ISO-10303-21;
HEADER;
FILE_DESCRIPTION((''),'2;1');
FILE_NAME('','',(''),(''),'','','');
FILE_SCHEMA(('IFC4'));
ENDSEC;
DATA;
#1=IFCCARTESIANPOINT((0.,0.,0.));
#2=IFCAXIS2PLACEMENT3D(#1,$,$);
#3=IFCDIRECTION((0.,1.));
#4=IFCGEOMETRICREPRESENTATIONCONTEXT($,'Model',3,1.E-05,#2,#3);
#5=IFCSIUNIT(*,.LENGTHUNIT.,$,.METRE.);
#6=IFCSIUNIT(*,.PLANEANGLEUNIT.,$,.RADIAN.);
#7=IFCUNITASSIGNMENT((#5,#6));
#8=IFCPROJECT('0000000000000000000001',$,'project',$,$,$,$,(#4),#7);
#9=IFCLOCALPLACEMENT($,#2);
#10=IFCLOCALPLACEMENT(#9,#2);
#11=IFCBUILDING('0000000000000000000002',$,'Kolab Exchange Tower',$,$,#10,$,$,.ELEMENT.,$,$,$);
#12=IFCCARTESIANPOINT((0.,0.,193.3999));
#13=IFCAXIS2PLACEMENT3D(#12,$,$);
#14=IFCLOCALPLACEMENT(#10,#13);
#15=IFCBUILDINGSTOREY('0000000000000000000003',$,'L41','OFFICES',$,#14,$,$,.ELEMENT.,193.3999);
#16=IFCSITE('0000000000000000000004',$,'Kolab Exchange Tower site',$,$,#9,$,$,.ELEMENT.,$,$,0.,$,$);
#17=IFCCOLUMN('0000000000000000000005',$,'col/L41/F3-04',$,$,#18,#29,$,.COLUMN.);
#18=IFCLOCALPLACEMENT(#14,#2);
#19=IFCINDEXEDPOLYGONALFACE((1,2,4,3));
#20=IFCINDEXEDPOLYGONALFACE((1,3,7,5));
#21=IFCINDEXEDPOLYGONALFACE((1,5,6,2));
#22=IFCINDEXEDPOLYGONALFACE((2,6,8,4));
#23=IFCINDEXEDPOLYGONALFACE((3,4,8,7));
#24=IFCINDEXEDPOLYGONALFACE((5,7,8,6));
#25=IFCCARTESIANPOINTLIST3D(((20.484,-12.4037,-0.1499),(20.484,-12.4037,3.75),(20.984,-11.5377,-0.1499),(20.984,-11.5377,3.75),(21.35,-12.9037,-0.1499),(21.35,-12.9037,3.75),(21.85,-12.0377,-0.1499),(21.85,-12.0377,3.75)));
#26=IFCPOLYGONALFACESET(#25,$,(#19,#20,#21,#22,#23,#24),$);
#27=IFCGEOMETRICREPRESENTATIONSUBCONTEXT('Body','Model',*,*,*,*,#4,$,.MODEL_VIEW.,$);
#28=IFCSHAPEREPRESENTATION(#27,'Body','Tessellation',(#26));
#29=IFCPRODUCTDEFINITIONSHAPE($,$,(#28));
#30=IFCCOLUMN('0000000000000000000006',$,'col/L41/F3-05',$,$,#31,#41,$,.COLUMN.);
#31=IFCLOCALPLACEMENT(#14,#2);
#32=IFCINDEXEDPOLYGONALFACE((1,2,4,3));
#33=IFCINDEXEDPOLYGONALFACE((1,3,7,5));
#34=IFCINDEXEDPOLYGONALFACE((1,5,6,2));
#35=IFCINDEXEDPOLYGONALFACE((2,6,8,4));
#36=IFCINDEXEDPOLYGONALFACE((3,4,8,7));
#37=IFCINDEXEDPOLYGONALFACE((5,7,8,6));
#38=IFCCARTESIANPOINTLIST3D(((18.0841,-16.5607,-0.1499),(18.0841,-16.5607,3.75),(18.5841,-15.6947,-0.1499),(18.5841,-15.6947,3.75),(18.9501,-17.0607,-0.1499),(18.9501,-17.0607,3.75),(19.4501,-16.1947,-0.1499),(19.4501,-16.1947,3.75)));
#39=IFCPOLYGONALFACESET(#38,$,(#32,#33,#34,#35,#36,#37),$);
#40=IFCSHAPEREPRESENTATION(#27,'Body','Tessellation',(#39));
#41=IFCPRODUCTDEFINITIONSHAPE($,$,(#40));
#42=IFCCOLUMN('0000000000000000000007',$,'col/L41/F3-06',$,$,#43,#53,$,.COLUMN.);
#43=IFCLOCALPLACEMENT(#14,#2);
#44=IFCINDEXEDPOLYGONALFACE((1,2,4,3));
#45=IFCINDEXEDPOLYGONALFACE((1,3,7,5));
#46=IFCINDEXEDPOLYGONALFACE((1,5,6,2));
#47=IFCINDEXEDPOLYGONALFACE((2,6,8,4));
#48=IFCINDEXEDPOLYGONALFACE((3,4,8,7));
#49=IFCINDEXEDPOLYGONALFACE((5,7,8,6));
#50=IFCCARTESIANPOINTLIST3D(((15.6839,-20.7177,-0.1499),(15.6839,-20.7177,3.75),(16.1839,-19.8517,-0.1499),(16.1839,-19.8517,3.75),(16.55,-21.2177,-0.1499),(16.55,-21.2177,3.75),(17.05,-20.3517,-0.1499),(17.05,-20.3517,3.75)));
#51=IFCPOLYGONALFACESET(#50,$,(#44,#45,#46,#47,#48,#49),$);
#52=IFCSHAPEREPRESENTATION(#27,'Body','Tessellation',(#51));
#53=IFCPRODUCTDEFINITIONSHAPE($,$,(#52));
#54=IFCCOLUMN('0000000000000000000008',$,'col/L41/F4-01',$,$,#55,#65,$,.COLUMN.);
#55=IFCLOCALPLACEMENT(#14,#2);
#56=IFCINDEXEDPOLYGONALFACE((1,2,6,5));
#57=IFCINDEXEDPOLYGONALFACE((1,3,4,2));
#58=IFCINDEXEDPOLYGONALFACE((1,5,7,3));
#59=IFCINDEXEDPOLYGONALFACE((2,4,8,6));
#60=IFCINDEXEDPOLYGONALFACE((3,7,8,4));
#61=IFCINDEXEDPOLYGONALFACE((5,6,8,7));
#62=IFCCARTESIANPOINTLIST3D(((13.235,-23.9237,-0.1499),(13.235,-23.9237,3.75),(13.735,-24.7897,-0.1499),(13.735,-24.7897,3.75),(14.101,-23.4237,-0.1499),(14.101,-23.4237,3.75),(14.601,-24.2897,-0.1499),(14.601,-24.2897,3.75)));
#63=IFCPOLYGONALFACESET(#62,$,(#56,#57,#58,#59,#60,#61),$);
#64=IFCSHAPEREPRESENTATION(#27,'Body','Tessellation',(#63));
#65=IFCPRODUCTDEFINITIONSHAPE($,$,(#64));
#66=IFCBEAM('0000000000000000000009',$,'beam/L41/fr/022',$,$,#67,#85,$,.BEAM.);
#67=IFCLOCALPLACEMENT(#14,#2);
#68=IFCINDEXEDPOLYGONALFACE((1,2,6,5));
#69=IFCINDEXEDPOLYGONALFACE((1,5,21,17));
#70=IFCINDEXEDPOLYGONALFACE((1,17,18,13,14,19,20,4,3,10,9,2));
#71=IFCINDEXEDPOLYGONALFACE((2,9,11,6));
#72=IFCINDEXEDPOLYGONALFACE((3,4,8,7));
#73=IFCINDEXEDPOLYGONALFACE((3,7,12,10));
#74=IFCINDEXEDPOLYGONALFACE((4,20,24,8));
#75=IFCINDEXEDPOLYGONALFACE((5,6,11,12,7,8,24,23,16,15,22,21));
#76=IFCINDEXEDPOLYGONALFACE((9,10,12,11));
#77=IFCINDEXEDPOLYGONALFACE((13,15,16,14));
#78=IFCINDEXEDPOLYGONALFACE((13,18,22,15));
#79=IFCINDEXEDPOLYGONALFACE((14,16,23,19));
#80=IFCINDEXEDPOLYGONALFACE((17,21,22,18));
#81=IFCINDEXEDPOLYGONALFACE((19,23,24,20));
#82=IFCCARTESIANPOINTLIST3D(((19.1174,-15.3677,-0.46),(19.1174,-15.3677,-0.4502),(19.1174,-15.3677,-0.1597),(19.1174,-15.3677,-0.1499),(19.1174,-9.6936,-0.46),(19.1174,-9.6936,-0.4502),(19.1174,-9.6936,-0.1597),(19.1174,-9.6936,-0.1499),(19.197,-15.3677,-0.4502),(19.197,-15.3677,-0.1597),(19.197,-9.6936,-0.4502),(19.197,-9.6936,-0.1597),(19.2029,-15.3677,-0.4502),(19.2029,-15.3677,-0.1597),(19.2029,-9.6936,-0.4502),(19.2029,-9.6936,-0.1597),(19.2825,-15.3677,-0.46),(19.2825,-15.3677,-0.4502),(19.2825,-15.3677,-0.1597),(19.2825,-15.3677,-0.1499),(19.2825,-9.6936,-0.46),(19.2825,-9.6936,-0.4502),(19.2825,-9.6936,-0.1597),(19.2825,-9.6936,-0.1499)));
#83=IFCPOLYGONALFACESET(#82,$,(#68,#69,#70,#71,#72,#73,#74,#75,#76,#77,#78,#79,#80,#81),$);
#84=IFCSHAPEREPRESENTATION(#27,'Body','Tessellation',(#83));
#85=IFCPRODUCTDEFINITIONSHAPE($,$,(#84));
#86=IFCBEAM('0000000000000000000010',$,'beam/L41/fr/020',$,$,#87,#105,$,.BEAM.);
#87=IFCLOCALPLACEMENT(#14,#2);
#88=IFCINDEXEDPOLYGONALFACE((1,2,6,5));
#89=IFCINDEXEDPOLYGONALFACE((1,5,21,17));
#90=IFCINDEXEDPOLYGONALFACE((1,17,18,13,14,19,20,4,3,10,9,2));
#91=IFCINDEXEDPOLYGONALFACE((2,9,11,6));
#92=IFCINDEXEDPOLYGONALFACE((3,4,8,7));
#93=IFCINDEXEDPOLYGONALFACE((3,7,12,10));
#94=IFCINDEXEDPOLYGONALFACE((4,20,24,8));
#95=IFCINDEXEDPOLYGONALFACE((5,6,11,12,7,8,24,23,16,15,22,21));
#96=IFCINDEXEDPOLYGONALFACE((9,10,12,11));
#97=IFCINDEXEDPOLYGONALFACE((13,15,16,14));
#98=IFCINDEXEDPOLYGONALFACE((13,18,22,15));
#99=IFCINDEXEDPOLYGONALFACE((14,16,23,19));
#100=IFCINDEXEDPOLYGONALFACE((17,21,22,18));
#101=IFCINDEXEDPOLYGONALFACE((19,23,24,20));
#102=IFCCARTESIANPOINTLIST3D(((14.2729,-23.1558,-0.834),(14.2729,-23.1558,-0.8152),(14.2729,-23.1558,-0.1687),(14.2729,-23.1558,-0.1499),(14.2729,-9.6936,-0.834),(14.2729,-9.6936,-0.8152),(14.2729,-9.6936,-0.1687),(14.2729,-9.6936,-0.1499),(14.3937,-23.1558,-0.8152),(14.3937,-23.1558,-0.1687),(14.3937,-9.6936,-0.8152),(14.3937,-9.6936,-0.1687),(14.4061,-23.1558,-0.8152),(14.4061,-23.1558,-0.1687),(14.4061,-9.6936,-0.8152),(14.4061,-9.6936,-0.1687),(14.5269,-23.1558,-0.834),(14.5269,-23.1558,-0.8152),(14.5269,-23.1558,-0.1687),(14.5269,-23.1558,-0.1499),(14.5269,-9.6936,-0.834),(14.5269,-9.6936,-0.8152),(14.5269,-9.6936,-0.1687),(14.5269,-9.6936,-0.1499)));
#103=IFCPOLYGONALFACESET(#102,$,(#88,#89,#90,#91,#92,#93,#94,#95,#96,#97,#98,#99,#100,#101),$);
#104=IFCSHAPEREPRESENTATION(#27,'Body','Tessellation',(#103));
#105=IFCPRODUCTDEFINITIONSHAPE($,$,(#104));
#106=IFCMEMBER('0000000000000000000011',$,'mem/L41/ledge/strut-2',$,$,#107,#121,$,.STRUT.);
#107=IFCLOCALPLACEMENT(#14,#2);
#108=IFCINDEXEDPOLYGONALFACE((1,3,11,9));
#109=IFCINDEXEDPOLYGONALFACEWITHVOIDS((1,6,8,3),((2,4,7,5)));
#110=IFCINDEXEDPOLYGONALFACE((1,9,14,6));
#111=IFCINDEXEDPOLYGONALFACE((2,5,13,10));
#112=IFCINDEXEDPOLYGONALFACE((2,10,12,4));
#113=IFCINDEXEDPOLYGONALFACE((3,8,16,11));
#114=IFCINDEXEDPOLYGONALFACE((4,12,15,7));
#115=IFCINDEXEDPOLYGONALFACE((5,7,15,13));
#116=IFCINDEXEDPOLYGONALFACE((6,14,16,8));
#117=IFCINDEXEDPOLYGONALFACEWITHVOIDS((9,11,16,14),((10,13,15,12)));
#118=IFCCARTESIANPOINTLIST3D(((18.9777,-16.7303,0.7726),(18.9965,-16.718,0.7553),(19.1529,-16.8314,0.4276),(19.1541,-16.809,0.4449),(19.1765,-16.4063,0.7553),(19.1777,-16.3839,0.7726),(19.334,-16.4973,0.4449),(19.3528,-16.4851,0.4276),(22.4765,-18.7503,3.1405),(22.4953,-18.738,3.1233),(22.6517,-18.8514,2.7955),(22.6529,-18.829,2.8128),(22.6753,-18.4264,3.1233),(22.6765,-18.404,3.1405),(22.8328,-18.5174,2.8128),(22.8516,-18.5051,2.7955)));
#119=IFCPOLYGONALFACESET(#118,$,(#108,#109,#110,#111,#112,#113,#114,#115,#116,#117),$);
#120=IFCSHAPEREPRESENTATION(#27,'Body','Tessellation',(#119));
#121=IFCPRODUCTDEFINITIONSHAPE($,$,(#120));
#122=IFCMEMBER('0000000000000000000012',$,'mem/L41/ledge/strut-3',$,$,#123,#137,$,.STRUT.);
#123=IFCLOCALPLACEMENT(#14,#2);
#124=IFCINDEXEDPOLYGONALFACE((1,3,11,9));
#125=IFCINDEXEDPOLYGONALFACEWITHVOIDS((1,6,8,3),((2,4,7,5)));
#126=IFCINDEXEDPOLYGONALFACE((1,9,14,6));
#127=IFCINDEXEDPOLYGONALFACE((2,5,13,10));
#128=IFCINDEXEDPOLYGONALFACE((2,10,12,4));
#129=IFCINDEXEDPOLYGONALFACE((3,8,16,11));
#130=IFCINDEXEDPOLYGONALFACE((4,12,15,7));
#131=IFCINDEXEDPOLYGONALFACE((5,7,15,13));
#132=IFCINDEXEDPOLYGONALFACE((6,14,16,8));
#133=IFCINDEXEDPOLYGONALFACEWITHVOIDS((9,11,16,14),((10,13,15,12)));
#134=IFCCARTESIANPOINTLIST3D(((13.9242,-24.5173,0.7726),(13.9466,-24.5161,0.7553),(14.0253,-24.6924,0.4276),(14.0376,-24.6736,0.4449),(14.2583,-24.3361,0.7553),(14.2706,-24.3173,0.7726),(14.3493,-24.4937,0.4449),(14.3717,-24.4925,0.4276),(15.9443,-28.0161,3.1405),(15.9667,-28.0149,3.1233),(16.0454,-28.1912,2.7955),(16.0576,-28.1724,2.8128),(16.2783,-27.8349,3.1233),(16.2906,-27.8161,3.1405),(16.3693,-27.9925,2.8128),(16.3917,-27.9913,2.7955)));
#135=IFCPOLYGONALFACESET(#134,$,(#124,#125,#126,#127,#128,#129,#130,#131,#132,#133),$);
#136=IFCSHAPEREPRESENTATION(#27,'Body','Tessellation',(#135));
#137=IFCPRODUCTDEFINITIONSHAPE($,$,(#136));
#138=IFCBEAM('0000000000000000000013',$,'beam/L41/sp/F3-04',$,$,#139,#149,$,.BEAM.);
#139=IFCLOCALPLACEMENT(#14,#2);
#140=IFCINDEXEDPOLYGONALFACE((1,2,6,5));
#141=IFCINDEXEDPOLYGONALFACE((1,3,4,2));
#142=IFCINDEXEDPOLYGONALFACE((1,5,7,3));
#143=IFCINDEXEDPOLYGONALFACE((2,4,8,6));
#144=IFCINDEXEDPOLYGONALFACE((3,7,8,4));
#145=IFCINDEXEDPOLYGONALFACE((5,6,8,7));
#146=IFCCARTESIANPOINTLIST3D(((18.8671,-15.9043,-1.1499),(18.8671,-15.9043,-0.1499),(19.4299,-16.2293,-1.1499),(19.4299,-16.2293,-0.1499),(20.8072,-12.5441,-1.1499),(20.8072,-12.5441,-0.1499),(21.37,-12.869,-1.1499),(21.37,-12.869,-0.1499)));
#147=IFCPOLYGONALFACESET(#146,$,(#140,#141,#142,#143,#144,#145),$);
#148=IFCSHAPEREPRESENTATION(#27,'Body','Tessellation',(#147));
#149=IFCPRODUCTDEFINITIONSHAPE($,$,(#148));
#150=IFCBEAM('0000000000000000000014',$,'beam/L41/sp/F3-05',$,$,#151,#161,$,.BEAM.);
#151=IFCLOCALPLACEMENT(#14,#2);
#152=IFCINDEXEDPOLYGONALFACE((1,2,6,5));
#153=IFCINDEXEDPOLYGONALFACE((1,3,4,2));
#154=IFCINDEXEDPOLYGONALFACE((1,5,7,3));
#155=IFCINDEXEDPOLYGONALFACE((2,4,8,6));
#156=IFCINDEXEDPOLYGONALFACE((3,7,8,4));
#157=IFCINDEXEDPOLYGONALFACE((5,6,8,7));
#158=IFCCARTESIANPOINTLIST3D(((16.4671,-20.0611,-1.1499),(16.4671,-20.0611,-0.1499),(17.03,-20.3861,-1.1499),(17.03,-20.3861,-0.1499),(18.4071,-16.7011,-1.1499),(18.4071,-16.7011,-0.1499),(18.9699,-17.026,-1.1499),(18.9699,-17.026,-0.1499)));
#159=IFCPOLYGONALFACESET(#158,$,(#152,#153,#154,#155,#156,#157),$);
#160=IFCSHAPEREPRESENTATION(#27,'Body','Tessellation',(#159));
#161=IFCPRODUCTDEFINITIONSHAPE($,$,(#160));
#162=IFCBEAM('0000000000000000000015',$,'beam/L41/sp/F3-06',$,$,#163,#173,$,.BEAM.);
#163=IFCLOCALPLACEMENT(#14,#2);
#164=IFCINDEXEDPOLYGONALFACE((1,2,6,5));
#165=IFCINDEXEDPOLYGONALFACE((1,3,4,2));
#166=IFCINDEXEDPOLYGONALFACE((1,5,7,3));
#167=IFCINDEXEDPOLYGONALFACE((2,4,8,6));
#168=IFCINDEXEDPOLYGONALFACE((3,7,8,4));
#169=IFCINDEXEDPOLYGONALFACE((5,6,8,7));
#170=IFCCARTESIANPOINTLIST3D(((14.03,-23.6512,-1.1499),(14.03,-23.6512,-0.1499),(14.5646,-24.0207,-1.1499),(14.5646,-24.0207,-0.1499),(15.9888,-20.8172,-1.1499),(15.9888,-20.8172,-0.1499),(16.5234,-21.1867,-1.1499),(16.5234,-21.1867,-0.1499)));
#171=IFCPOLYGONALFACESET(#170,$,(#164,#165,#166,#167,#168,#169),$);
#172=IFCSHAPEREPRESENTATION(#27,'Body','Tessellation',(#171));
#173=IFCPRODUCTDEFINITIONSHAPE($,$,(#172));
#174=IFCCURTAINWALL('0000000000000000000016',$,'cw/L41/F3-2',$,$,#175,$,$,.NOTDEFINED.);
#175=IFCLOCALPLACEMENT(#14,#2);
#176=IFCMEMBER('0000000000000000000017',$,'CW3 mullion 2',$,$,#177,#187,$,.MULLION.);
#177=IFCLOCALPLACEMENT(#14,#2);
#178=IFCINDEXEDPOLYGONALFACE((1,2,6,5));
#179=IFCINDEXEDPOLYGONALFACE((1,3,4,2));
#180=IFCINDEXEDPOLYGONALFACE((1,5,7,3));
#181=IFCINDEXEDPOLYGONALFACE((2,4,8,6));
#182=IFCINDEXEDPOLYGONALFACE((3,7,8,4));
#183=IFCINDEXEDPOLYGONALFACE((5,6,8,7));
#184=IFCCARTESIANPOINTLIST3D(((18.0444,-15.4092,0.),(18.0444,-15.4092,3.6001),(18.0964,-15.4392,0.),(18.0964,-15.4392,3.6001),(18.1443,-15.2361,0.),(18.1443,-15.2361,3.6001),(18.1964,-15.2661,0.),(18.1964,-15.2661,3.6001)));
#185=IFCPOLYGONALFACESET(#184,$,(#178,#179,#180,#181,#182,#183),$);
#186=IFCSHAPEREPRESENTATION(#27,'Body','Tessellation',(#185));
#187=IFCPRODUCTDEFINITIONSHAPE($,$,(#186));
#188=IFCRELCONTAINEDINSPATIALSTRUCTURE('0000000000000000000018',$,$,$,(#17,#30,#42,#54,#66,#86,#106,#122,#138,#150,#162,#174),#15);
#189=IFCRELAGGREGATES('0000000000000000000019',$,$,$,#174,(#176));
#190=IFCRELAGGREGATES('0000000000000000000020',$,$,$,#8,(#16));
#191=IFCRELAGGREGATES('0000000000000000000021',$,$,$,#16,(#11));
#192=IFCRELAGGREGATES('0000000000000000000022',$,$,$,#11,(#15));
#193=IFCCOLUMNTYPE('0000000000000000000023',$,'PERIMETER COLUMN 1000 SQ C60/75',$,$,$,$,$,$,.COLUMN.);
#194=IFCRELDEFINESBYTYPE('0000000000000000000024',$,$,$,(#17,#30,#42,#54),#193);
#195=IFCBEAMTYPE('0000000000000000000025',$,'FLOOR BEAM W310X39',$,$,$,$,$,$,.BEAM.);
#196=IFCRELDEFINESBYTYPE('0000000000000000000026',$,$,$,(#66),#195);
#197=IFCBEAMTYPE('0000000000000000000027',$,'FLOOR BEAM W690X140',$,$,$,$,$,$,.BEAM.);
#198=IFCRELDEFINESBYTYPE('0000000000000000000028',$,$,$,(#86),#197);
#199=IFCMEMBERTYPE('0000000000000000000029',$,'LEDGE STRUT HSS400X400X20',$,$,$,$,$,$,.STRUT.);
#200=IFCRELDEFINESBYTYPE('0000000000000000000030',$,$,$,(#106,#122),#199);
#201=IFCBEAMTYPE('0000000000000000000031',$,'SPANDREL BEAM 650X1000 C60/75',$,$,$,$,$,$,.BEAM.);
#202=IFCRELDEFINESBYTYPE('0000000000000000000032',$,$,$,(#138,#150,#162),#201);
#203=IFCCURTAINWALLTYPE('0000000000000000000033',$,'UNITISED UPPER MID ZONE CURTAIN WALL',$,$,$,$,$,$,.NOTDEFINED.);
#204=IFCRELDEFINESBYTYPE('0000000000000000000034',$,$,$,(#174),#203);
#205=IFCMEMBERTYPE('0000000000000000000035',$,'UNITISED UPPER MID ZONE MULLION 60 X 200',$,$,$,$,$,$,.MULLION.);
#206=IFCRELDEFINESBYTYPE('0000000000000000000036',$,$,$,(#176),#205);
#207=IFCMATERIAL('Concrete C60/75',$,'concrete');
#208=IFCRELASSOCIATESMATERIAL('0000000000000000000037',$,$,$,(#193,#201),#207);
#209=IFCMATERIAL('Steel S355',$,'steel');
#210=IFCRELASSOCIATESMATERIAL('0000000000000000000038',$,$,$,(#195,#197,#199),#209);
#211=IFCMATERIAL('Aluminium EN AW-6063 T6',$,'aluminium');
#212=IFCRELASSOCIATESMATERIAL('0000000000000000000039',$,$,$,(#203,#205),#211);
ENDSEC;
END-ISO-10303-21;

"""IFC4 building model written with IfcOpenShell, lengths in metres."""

from ifc_helpers import new_model, si_unit, direction, frame, origin, origin_2d, place, context, subcontext, project, spatial, rectangle, hollow_rectangle, i_section, extrude, material, material_profile, profile_set, type_object, element, aggregate, save


model = new_model("IFC4")

# Units and contexts
model_context = context("Model", 3, precision=1e-05, world=origin(), true_north=direction((0.0, 1.0)))
body_context = subcontext(model_context, "Body", "Model", "MODEL_VIEW")
ifc_project = project(units=[si_unit("LENGTHUNIT", "METRE"), si_unit("PLANEANGLEUNIT", "RADIAN")], contexts=[model_context])

# Site, building, storey
site_placement = place(None, origin())
site = spatial("IfcSite", under=ifc_project, at=site_placement, Name="Kolab Exchange Tower site", CompositionType="ELEMENT", RefElevation=0.0)
building_placement = place(site_placement, origin())
building = spatial("IfcBuilding", under=site, at=building_placement, Name="Kolab Exchange Tower", CompositionType="ELEMENT")
storey_placement = place(building_placement, frame((0.0, 0.0, 193.3999)))
storey = spatial("IfcBuildingStorey", under=building, at=storey_placement, Name="L41", Description="OFFICES", CompositionType="ELEMENT", Elevation=193.3999)

# Columns
ifc_material_1 = material(Name="Concrete C60/75", Category="concrete")
ifc_material_profile_1 = material_profile(ifc_material_1, rectangle(XDim=1.0, YDim=1.0, at=origin_2d()), Name="RC1000")
ifc_profile_set_1 = profile_set([ifc_material_profile_1], Name="Concrete C60/75")
column_type = type_object("IfcColumnType", Name="PERIMETER COLUMN 1000 SQ C60/75", PredefinedType="COLUMN", material=ifc_profile_set_1)
for number, where, z_axis, x_axis, name in (
    (1, (21.167, -12.2207, -0.1499), (0.0, 0.0, 1.0), (0.5, 0.866025, 0.0), "col/L41/F3-04"),
    (2, (18.7671, -16.3777, -0.1499), (0.0, 0.0, 1.0), (0.5, 0.866025, 0.0), "col/L41/F3-05"),
    (3, (16.3669, -20.5347, -0.1499), (0.0, 0.0, 1.0), (0.5, 0.866025, 0.0), "col/L41/F3-06"),
    (4, (13.918, -24.1067, -0.1499), (0.0, 0.0, 1.0), (0.866025, 0.5, 0.0), "col/L41/F4-01"),
):
    element("IfcColumn", number, at=place(storey_placement, frame(where, z_axis=z_axis, x_axis=x_axis)), inside=storey, type_object=column_type, Name=name, PredefinedType="COLUMN", context=body_context, shape_type="SweptSolid", body=[
        extrude(rectangle(XDim=1.0, YDim=1.0, at=origin_2d()), origin(), (0.0, 0.0, 1.0), 3.8999),
    ])

# Beams
ifc_material_2 = material(Name="Steel S355", Category="steel")
ifc_material_profile_2 = material_profile(ifc_material_2, i_section(OverallWidth=0.165, OverallDepth=0.3101, WebThickness=0.0059, FlangeThickness=0.0098, at=origin_2d()), Name="W310X39")
ifc_profile_set_2 = profile_set([ifc_material_profile_2], Name="Steel S355")
beam_type_1 = type_object("IfcBeamType", Name="FLOOR BEAM W310X39", PredefinedType="BEAM", material=ifc_profile_set_2)
beam_1_placement = place(storey_placement, frame((19.2, -15.3677, -0.3049), z_axis=(0.0, 1.0, 0.0), x_axis=(-1.0, 0.0, 0.0)))
element("IfcBeam", 5, at=beam_1_placement, inside=storey, type_object=beam_type_1, Name="beam/L41/fr/022", PredefinedType="BEAM", context=body_context, shape_type="SweptSolid", body=[
    extrude(i_section(OverallWidth=0.165, OverallDepth=0.3101, WebThickness=0.0059, FlangeThickness=0.0098, at=origin_2d()), origin(), (0.0, 0.0, 1.0), 5.6741),
])
ifc_material_profile_3 = material_profile(ifc_material_2, i_section(OverallWidth=0.2539, OverallDepth=0.6841, WebThickness=0.0125, FlangeThickness=0.0188, at=origin_2d()), Name="W690X140")
ifc_profile_set_3 = profile_set([ifc_material_profile_3], Name="Steel S355")
beam_type_2 = type_object("IfcBeamType", Name="FLOOR BEAM W690X140", PredefinedType="BEAM", material=ifc_profile_set_3)
beam_2_placement = place(storey_placement, frame((14.3999, -23.1558, -0.4919), z_axis=(0.0, 1.0, 0.0), x_axis=(-1.0, 0.0, 0.0)))
element("IfcBeam", 6, at=beam_2_placement, inside=storey, type_object=beam_type_2, Name="beam/L41/fr/020", PredefinedType="BEAM", context=body_context, shape_type="SweptSolid", body=[
    extrude(i_section(OverallWidth=0.2539, OverallDepth=0.6841, WebThickness=0.0125, FlangeThickness=0.0188, at=origin_2d()), origin(), (0.0, 0.0, 1.0), 13.4622),
])

# Members
ifc_material_profile_4 = material_profile(ifc_material_2, hollow_rectangle(XDim=0.3999, YDim=0.3999, WallThickness=0.02, at=origin_2d()), Name="HSS400X400X20")
ifc_profile_set_4 = profile_set([ifc_material_profile_4], Name="Steel S355")
member_type_1 = type_object("IfcMemberType", Name="LEDGE STRUT HSS400X400X20", PredefinedType="STRUT", material=ifc_profile_set_4)
for number, where, z_axis, x_axis, name in (
    (7, (19.1653, -16.6077, 0.6001), (0.747149, -0.431366, 0.505659), (0.5, 0.866026, 0.0), "mem/L41/ledge/strut-2"),
    (8, (14.1479, -24.5049, 0.6001), (0.431366, -0.747149, 0.505659), (0.866026, 0.5, 0.0), "mem/L41/ledge/strut-3"),
):
    element("IfcMember", number, at=place(storey_placement, frame(where, z_axis=z_axis, x_axis=x_axis)), inside=storey, type_object=member_type_1, Name=name, PredefinedType="STRUT", context=body_context, shape_type="SweptSolid", body=[
        extrude(hollow_rectangle(XDim=0.3999, YDim=0.3999, WallThickness=0.02, at=origin_2d()), origin(), (0.0, 0.0, 1.0), 4.6829),
    ])

# Beams
ifc_material_profile_5 = material_profile(ifc_material_1, rectangle(XDim=0.6499, YDim=1.0, at=origin_2d()), Name="RC650X1000")
ifc_profile_set_5 = profile_set([ifc_material_profile_5], Name="Concrete C60/75")
beam_type_3 = type_object("IfcBeamType", Name="SPANDREL BEAM 650X1000 C60/75", PredefinedType="BEAM", material=ifc_profile_set_5)
beam_3_placement = place(storey_placement, frame((21.0886, -12.7065, -0.6499), z_axis=(-0.500017, -0.866016, 0.0), x_axis=(0.866016, -0.500017, 0.0)))
element("IfcBeam", 9, at=beam_3_placement, inside=storey, type_object=beam_type_3, Name="beam/L41/sp/F3-04", PredefinedType="BEAM", context=body_context, shape_type="SweptSolid", body=[
    extrude(rectangle(XDim=0.6499, YDim=1.0, at=origin_2d()), origin(), (0.0, 0.0, 1.0), 3.8801),
])
beam_4_placement = place(storey_placement, frame((18.6885, -16.8635, -0.6499), z_axis=(-0.499997, -0.866027, 0.0), x_axis=(0.866027, -0.499997, 0.0)))
element("IfcBeam", 10, at=beam_4_placement, inside=storey, type_object=beam_type_3, Name="beam/L41/sp/F3-05", PredefinedType="BEAM", context=body_context, shape_type="SweptSolid", body=[
    extrude(rectangle(XDim=0.6499, YDim=1.0, at=origin_2d()), origin(), (0.0, 0.0, 1.0), 3.8799),
])
beam_5_placement = place(storey_placement, frame((16.2561, -21.002, -0.6499), z_axis=(-0.568572, -0.822633, 0.0), x_axis=(0.822633, -0.568572, 0.0)))
element("IfcBeam", 11, at=beam_5_placement, inside=storey, type_object=beam_type_3, Name="beam/L41/sp/F3-06", PredefinedType="BEAM", context=body_context, shape_type="SweptSolid", body=[
    extrude(rectangle(XDim=0.6499, YDim=1.0, at=origin_2d()), origin(), (0.0, 0.0, 1.0), 3.4451),
])

# Curtain wall, member
ifc_material_3 = material(Name="Aluminium EN AW-6063 T6", Category="aluminium")
curtain_wall_type = type_object("IfcCurtainWallType", Name="UNITISED UPPER MID ZONE CURTAIN WALL", PredefinedType="NOTDEFINED", material=ifc_material_3)
curtain_wall_1_placement = place(storey_placement, origin())
curtain_wall_1 = element("IfcCurtainWall", 12, at=curtain_wall_1_placement, inside=storey, type_object=curtain_wall_type, Name="cw/L41/F3-2", PredefinedType="NOTDEFINED")
ifc_material_profile_6 = material_profile(ifc_material_3, rectangle(XDim=0.0601, YDim=0.2, at=origin_2d()), Name="RECT 60X200")
ifc_profile_set_6 = profile_set([ifc_material_profile_6], Name="Aluminium EN AW-6063 T6")
member_type_2 = type_object("IfcMemberType", Name="UNITISED UPPER MID ZONE MULLION 60 X 200", PredefinedType="MULLION", material=ifc_profile_set_6)
member_1_placement = place(storey_placement, frame((18.1204, -15.3376, 0.0), z_axis=(0.0, 0.0, 1.0), x_axis=(0.866025, -0.5, 0.0)))
member_1 = element("IfcMember", 13, at=member_1_placement, type_object=member_type_2, Name="CW3 mullion 2", PredefinedType="MULLION", context=body_context, shape_type="SweptSolid", body=[
    extrude(rectangle(XDim=0.0601, YDim=0.2, at=origin_2d()), origin(), (0.0, 0.0, 1.0), 3.6001),
])

aggregate(curtain_wall_1, [member_1])

save(model, "model.ifc")
